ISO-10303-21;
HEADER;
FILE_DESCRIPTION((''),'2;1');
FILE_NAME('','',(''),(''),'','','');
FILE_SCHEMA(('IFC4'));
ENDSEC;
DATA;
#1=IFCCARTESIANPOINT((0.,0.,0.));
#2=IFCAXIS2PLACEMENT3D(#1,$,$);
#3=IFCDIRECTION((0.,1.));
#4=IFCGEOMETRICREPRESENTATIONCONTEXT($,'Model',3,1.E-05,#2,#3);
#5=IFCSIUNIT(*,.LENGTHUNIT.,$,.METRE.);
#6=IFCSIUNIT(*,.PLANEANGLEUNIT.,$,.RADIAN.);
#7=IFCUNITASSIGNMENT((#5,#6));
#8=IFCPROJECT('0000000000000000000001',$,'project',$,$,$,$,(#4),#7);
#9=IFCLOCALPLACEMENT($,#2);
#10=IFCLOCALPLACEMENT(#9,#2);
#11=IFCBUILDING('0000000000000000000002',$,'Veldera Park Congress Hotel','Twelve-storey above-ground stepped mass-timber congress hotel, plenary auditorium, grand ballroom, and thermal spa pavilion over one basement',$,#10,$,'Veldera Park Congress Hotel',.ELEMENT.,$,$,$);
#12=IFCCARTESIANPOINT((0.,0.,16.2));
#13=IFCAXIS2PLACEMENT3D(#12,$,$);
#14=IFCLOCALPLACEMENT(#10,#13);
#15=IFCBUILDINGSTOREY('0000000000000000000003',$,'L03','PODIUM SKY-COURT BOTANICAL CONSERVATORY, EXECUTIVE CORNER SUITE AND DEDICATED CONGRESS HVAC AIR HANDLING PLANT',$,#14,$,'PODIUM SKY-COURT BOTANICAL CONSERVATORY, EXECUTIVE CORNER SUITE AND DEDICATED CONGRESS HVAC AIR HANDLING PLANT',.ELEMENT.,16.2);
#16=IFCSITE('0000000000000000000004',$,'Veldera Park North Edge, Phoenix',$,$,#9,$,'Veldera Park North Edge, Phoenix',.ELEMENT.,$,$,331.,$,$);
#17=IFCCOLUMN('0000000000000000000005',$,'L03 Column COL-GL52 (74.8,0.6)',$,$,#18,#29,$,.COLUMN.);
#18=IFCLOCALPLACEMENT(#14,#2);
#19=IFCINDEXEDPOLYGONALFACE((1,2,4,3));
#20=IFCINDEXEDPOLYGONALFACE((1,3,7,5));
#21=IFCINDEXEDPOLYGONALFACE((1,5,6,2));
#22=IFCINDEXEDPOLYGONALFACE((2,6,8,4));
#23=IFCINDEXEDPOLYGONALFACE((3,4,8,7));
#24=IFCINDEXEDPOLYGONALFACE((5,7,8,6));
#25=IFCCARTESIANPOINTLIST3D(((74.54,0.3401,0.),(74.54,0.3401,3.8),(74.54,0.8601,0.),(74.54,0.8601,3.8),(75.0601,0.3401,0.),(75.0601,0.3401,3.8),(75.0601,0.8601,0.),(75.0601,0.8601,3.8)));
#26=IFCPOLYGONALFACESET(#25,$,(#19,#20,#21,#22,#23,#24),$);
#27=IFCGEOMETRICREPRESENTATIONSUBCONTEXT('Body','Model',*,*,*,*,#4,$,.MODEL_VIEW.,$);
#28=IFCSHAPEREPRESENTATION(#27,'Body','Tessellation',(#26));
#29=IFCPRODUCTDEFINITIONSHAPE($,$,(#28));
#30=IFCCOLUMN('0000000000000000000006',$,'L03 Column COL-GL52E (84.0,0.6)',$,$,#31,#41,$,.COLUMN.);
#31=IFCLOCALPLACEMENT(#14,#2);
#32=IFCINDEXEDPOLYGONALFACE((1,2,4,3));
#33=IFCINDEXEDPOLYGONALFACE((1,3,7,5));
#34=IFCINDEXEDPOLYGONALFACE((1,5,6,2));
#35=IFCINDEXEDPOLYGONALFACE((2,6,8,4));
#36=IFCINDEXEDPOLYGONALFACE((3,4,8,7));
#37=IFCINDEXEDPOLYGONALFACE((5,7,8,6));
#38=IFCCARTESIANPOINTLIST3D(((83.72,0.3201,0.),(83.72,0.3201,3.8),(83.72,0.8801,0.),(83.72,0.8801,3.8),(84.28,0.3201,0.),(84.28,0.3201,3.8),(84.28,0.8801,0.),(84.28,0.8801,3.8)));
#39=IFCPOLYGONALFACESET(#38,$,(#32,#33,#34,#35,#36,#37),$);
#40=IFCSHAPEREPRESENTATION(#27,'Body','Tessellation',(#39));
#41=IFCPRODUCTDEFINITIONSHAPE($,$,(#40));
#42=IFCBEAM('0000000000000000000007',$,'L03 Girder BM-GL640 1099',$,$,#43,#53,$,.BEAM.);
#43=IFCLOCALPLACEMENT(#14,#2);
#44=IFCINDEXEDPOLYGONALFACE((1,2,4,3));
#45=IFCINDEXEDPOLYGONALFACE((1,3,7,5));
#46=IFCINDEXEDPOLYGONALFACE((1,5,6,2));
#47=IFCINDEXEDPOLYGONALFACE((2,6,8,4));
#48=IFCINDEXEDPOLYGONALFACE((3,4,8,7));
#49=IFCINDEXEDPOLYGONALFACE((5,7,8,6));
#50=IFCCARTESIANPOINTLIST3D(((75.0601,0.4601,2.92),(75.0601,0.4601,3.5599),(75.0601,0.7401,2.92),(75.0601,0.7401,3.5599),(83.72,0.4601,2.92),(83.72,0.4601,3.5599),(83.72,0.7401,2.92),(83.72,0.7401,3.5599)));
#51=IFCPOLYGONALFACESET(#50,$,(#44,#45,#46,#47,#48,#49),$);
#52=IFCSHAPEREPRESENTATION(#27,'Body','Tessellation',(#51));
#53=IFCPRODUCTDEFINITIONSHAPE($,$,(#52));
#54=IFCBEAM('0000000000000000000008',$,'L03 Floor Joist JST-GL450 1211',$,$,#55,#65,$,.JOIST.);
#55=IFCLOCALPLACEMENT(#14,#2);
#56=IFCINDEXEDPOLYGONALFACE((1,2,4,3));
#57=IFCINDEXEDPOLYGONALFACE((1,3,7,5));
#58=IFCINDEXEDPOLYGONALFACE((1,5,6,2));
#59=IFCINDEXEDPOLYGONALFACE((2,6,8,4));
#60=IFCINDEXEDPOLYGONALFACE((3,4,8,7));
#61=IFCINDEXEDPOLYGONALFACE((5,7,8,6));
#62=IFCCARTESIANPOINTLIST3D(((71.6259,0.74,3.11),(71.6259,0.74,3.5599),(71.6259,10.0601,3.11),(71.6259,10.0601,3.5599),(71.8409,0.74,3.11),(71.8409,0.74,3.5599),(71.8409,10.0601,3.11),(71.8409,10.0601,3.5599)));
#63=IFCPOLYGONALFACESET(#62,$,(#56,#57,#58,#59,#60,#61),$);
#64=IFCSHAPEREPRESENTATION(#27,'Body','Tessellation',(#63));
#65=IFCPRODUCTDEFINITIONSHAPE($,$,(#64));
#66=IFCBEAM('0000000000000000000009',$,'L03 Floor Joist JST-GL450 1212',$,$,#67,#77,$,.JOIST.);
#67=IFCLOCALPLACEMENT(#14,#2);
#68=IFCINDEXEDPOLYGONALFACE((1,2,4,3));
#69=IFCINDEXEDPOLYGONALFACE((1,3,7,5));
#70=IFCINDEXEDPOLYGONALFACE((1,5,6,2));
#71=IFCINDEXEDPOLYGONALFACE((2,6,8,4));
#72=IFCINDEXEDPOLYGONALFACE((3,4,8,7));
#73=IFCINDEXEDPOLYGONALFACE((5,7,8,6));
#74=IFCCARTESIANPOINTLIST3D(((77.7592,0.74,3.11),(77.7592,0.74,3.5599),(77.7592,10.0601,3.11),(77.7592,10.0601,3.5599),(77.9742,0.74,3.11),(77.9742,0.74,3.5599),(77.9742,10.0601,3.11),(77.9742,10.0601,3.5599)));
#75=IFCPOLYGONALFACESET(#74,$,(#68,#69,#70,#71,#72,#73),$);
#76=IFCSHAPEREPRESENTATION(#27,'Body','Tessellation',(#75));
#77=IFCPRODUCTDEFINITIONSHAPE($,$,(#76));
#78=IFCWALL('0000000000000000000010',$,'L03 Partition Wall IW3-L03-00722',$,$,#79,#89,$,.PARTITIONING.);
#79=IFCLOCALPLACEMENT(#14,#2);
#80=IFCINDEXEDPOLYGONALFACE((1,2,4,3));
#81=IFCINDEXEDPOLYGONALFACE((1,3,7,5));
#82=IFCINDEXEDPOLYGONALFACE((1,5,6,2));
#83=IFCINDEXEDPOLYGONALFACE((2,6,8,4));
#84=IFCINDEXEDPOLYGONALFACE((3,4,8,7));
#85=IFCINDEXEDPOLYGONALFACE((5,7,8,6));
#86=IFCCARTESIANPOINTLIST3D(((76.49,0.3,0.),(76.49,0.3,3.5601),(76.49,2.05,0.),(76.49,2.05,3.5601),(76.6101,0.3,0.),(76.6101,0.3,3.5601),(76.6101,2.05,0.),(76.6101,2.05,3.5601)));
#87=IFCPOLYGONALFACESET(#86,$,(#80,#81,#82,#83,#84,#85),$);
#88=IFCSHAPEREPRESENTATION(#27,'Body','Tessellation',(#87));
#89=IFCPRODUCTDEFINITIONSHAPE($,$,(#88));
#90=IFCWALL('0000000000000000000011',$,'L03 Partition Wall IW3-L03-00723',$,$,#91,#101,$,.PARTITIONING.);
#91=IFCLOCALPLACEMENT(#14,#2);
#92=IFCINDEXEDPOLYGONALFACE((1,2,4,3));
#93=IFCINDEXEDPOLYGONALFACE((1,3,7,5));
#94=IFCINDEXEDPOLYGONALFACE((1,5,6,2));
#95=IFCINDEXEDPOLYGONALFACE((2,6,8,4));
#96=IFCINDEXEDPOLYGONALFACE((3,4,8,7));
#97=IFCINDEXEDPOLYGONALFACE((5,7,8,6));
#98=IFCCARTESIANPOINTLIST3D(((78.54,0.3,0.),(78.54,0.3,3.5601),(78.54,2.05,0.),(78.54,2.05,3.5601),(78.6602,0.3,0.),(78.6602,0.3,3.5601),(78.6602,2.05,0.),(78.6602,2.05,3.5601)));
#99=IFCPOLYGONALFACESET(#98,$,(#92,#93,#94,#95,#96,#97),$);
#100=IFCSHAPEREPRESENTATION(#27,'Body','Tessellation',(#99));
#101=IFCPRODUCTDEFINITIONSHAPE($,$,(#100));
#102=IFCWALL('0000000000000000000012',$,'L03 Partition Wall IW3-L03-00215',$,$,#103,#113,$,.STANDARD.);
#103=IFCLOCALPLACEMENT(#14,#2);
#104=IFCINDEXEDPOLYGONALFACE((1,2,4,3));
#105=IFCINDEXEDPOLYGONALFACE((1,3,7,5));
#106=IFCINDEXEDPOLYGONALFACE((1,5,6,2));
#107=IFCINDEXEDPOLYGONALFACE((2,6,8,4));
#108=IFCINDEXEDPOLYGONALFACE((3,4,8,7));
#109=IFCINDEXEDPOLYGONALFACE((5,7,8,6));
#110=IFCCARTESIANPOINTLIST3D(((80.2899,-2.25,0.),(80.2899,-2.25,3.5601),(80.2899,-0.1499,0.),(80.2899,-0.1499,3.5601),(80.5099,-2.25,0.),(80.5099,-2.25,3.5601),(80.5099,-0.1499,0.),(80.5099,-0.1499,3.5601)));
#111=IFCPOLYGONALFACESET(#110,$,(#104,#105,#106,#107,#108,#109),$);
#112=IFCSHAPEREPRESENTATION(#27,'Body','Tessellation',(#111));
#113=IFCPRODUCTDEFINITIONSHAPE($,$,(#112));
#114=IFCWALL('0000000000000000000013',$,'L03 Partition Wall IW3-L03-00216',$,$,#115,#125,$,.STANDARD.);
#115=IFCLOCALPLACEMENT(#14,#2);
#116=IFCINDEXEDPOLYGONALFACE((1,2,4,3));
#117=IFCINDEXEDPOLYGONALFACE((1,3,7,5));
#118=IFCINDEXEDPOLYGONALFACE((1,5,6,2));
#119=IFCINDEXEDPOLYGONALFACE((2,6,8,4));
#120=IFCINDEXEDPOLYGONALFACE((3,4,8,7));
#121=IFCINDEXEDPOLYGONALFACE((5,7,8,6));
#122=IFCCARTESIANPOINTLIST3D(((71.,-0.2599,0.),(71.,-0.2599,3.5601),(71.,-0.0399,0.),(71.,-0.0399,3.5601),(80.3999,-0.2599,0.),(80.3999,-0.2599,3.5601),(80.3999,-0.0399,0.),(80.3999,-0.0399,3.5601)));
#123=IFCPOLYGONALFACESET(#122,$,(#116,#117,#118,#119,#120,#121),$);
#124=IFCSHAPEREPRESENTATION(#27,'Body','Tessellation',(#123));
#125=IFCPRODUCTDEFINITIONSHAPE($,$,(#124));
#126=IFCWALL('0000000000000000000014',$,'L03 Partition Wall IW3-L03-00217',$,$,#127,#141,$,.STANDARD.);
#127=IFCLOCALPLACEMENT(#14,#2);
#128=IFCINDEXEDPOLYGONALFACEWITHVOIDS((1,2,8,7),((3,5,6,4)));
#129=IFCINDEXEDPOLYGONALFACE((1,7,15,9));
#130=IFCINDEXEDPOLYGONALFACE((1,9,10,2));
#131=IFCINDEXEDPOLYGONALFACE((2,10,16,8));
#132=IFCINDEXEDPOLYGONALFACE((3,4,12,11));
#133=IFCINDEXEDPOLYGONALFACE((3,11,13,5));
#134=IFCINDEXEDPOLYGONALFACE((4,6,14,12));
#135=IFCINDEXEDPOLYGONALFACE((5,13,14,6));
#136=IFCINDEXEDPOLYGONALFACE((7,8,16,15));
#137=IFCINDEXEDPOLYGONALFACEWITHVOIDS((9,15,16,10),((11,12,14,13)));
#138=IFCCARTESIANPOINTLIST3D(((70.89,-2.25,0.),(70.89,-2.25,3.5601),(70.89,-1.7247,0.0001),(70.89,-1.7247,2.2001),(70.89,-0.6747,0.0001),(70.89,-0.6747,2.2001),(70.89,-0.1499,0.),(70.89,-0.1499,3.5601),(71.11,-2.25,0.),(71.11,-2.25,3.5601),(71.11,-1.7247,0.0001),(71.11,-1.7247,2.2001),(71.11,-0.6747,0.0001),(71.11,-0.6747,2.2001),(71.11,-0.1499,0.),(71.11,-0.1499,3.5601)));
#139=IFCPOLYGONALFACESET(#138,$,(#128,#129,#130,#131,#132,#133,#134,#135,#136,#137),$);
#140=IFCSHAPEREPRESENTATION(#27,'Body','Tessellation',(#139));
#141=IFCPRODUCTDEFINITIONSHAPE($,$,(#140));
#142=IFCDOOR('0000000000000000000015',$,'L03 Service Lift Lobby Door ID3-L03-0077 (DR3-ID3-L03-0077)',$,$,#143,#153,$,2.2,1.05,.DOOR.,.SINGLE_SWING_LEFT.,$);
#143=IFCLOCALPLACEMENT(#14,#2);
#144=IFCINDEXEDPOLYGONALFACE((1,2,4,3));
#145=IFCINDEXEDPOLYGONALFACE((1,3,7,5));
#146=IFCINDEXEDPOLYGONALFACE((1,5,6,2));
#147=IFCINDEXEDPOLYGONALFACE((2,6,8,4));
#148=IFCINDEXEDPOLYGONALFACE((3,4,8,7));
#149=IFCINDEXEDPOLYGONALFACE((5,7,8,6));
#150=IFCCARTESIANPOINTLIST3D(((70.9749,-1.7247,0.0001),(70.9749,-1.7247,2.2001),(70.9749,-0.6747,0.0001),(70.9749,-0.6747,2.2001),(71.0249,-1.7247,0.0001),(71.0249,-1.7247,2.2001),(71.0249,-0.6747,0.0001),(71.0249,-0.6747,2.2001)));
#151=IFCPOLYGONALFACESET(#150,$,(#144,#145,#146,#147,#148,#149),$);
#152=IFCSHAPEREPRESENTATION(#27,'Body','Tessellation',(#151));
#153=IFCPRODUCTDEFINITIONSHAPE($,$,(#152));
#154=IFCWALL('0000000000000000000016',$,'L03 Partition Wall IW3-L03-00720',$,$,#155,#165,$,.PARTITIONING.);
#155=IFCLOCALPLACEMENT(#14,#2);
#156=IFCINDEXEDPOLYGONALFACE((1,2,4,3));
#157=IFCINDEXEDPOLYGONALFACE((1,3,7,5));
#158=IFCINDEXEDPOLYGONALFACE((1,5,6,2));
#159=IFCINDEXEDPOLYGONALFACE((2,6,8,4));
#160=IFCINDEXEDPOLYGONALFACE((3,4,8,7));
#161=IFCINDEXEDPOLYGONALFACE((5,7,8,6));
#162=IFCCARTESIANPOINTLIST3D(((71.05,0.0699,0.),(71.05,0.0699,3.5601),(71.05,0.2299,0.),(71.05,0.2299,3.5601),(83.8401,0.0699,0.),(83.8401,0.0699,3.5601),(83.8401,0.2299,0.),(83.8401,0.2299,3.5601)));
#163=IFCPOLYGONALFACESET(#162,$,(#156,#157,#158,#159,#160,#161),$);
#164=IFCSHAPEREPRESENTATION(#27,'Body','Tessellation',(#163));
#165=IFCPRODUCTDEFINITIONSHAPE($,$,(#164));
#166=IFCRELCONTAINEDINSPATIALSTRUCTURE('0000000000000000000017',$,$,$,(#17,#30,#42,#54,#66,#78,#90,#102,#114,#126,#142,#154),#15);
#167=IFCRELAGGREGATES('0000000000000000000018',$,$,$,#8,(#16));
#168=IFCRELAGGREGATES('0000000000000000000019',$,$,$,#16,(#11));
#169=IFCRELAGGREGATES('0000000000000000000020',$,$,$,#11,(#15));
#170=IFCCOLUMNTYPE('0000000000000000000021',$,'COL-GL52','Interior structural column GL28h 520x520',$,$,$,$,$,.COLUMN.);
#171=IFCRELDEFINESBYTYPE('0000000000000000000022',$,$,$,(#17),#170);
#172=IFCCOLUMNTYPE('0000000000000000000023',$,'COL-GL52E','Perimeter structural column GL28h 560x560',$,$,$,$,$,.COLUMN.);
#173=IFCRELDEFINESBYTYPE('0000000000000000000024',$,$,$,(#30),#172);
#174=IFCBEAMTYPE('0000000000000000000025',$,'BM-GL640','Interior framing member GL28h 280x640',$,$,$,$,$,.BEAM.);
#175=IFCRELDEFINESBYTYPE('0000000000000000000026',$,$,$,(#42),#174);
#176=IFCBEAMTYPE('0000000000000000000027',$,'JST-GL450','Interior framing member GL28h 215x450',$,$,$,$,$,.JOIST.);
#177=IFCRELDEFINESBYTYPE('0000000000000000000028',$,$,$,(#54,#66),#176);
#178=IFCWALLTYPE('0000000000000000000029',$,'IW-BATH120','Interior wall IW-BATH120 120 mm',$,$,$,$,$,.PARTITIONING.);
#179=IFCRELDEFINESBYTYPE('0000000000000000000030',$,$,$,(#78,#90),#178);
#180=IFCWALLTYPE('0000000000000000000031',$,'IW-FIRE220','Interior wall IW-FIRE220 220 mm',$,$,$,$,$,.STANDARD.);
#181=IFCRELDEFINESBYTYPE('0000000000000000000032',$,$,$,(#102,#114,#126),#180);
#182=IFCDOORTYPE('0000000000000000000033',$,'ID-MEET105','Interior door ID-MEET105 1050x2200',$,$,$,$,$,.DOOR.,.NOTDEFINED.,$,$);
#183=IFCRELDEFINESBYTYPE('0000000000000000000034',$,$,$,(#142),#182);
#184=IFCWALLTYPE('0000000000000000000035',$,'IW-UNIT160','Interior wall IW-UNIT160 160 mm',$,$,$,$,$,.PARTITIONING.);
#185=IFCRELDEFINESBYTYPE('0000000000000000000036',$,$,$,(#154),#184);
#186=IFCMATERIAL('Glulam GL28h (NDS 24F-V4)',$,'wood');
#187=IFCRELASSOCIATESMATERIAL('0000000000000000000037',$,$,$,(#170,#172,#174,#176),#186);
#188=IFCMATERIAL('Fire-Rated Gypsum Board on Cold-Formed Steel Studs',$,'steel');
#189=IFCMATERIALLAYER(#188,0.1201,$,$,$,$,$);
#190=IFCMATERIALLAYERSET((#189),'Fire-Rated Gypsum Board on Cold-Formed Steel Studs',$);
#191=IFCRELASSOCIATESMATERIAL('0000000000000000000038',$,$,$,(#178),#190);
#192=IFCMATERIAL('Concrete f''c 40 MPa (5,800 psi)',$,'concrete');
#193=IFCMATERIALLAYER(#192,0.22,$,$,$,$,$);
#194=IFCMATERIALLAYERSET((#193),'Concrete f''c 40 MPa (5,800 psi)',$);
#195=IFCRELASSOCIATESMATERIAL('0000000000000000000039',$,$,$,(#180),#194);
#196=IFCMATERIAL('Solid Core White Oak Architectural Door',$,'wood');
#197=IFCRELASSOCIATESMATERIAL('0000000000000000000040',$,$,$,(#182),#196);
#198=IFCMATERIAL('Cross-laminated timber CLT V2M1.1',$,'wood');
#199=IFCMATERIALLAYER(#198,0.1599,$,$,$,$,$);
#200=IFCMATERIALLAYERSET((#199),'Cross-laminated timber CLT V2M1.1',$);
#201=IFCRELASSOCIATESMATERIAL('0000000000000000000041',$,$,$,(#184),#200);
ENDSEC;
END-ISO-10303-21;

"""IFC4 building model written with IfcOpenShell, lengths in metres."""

from ifc_helpers import new_model, si_unit, direction, frame, frame_2d, origin, origin_2d, place, context, subcontext, project, spatial, rectangle, extrude, material, layer, layer_set, material_profile, profile_set, type_object, element, fill, save


model = new_model("IFC4")

# Units and contexts
model_context = context("Model", 3, precision=1e-05, world=origin(), true_north=direction((0.0, 1.0)))
body_context = subcontext(model_context, "Body", "Model", "MODEL_VIEW")
ifc_project = project(units=[si_unit("LENGTHUNIT", "METRE"), si_unit("PLANEANGLEUNIT", "RADIAN")], contexts=[model_context])

# Site, building, storey
site_placement = place(None, origin())
site = spatial("IfcSite", under=ifc_project, at=site_placement, Name="Veldera Park North Edge, Phoenix", LongName="Veldera Park North Edge, Phoenix", CompositionType="ELEMENT", RefElevation=331.0)
building_placement = place(site_placement, origin())
building = spatial("IfcBuilding", under=site, at=building_placement, Name="Veldera Park Congress Hotel", Description="Twelve-storey above-ground stepped mass-timber congress hotel, plenary auditorium, grand ballroom, and thermal spa pavilion over one basement", LongName="Veldera Park Congress Hotel", CompositionType="ELEMENT")
storey_placement = place(building_placement, frame((0.0, 0.0, 16.2)))
storey = spatial("IfcBuildingStorey", under=building, at=storey_placement, Name="L03", Description="PODIUM SKY-COURT BOTANICAL CONSERVATORY, EXECUTIVE CORNER SUITE AND DEDICATED CONGRESS HVAC AIR HANDLING PLANT", LongName="PODIUM SKY-COURT BOTANICAL CONSERVATORY, EXECUTIVE CORNER SUITE AND DEDICATED CONGRESS HVAC AIR HANDLING PLANT", CompositionType="ELEMENT", Elevation=16.2)

# Columns
ifc_material_1 = material(Name="Glulam GL28h (NDS 24F-V4)", Category="wood")
ifc_material_profile_1 = material_profile(ifc_material_1, rectangle(XDim=0.52, YDim=0.52, at=origin_2d()), Name="GL28h 520x520")
ifc_profile_set_1 = profile_set([ifc_material_profile_1], Name="Glulam GL28h (NDS 24F-V4)")
column_type_1 = type_object("IfcColumnType", Name="COL-GL52", Description="Interior structural column GL28h 520x520", PredefinedType="COLUMN", material=ifc_profile_set_1)
column_1_placement = place(storey_placement, frame((74.8, 0.6001, 0.0), z_axis=(0.0, 0.0, 1.0), x_axis=(1.0, 0.0, 0.0)))
element("IfcColumn", 1, at=column_1_placement, inside=storey, type_object=column_type_1, Name="L03 Column COL-GL52 (74.8,0.6)", PredefinedType="COLUMN", context=body_context, shape_type="SweptSolid", body=[
    extrude(rectangle(XDim=0.52, YDim=0.52, at=origin_2d()), origin(), (0.0, 0.0, 1.0), 3.8),
])
ifc_material_profile_2 = material_profile(ifc_material_1, rectangle(XDim=0.5601, YDim=0.5601, at=origin_2d()), Name="GL28h 560x560")
ifc_profile_set_2 = profile_set([ifc_material_profile_2], Name="Glulam GL28h (NDS 24F-V4)")
column_type_2 = type_object("IfcColumnType", Name="COL-GL52E", Description="Perimeter structural column GL28h 560x560", PredefinedType="COLUMN", material=ifc_profile_set_2)
column_2_placement = place(storey_placement, frame((84.0, 0.6001, 0.0), z_axis=(0.0, 0.0, 1.0), x_axis=(1.0, 0.0, 0.0)))
element("IfcColumn", 2, at=column_2_placement, inside=storey, type_object=column_type_2, Name="L03 Column COL-GL52E (84.0,0.6)", PredefinedType="COLUMN", context=body_context, shape_type="SweptSolid", body=[
    extrude(rectangle(XDim=0.5601, YDim=0.5601, at=origin_2d()), origin(), (0.0, 0.0, 1.0), 3.8),
])

# Beams
ifc_material_profile_3 = material_profile(ifc_material_1, rectangle(XDim=0.28, YDim=0.6399, at=origin_2d()), Name="GL28h 280x640")
ifc_profile_set_3 = profile_set([ifc_material_profile_3], Name="Glulam GL28h (NDS 24F-V4)")
beam_type_1 = type_object("IfcBeamType", Name="BM-GL640", Description="Interior framing member GL28h 280x640", PredefinedType="BEAM", material=ifc_profile_set_3)
beam_placement = place(storey_placement, frame((75.0601, 0.6001, 3.24), z_axis=(1.0, 0.0, 0.0), x_axis=(0.0, 1.0, 0.0)))
element("IfcBeam", 3, at=beam_placement, inside=storey, type_object=beam_type_1, Name="L03 Girder BM-GL640 1099", PredefinedType="BEAM", context=body_context, shape_type="SweptSolid", body=[
    extrude(rectangle(XDim=0.28, YDim=0.6399, at=origin_2d()), origin(), (0.0, 0.0, 1.0), 8.6599),
])
ifc_material_profile_4 = material_profile(ifc_material_1, rectangle(XDim=0.2151, YDim=0.45, at=origin_2d()), Name="GL28h 215x450")
ifc_profile_set_4 = profile_set([ifc_material_profile_4], Name="Glulam GL28h (NDS 24F-V4)")
beam_type_2 = type_object("IfcBeamType", Name="JST-GL450", Description="Interior framing member GL28h 215x450", PredefinedType="JOIST", material=ifc_profile_set_4)
for number, where, z_axis, x_axis, name in (
    (4, (71.7334, 0.74, 3.335), (0.0, 1.0, 0.0), (-1.0, 0.0, 0.0), "L03 Floor Joist JST-GL450 1211"),
    (5, (77.8667, 0.74, 3.335), (0.0, 1.0, 0.0), (-1.0, 0.0, 0.0), "L03 Floor Joist JST-GL450 1212"),
):
    element("IfcBeam", number, at=place(storey_placement, frame(where, z_axis=z_axis, x_axis=x_axis)), inside=storey, type_object=beam_type_2, Name=name, PredefinedType="JOIST", context=body_context, shape_type="SweptSolid", body=[
        extrude(rectangle(XDim=0.2151, YDim=0.45, at=origin_2d()), origin(), (0.0, 0.0, 1.0), 9.3201),
    ])

# Walls
ifc_material_2 = material(Name="Fire-Rated Gypsum Board on Cold-Formed Steel Studs", Category="steel")
ifc_layer_1 = layer(ifc_material_2, 0.1201)
ifc_layer_set_1 = layer_set([ifc_layer_1], Name="Fire-Rated Gypsum Board on Cold-Formed Steel Studs")
wall_type_1 = type_object("IfcWallType", Name="IW-BATH120", Description="Interior wall IW-BATH120 120 mm", PredefinedType="PARTITIONING", material=ifc_layer_set_1)
for number, where, z_axis, x_axis, name in (
    (6, (76.55, 0.3, 0.0), (0.0, 0.0, 1.0), (0.0, 1.0, 0.0), "L03 Partition Wall IW3-L03-00722"),
    (7, (78.6001, 0.3, 0.0), (0.0, 0.0, 1.0), (0.0, 1.0, 0.0), "L03 Partition Wall IW3-L03-00723"),
):
    element("IfcWall", number, at=place(storey_placement, frame(where, z_axis=z_axis, x_axis=x_axis)), inside=storey, type_object=wall_type_1, Name=name, PredefinedType="PARTITIONING", context=body_context, shape_type="SweptSolid", body=[
        extrude(rectangle(XDim=1.75, YDim=0.1201, at=frame_2d((0.875, 0.0))), origin(), (0.0, 0.0, 1.0), 3.5601),
    ])
ifc_material_3 = material(Name="Concrete f'c 40 MPa (5,800 psi)", Category="concrete")
ifc_layer_2 = layer(ifc_material_3, 0.22)
ifc_layer_set_2 = layer_set([ifc_layer_2], Name="Concrete f'c 40 MPa (5,800 psi)")
wall_type_2 = type_object("IfcWallType", Name="IW-FIRE220", Description="Interior wall IW-FIRE220 220 mm", PredefinedType="STANDARD", material=ifc_layer_set_2)
wall_1_placement = place(storey_placement, frame((80.3999, -2.25, 0.0), z_axis=(0.0, 0.0, 1.0), x_axis=(0.0, 1.0, 0.0)))
element("IfcWall", 8, at=wall_1_placement, inside=storey, type_object=wall_type_2, Name="L03 Partition Wall IW3-L03-00215", PredefinedType="STANDARD", context=body_context, shape_type="SweptSolid", body=[
    extrude(rectangle(XDim=2.1001, YDim=0.22, at=frame_2d((1.05, 0.0))), origin(), (0.0, 0.0, 1.0), 3.5601),
])
wall_2_placement = place(storey_placement, frame((80.3999, -0.1499, 0.0), z_axis=(0.0, 0.0, 1.0), x_axis=(-1.0, 0.0, 0.0)))
element("IfcWall", 9, at=wall_2_placement, inside=storey, type_object=wall_type_2, Name="L03 Partition Wall IW3-L03-00216", PredefinedType="STANDARD", context=body_context, shape_type="SweptSolid", body=[
    extrude(rectangle(XDim=9.3999, YDim=0.22, at=frame_2d((4.7, 0.0))), origin(), (0.0, 0.0, 1.0), 3.5601),
])

# Wall, opening, door
wall_3_placement = place(storey_placement, frame((71.0, -0.1499, 0.0), z_axis=(0.0, 0.0, 1.0), x_axis=(0.0, -1.0, 0.0)))
wall_3 = element("IfcWall", 10, at=wall_3_placement, inside=storey, type_object=wall_type_2, Name="L03 Partition Wall IW3-L03-00217", PredefinedType="STANDARD", context=body_context, shape_type="SweptSolid", body=[
    extrude(rectangle(XDim=2.1001, YDim=0.22, at=frame_2d((1.05, 0.0))), origin(), (0.0, 0.0, 1.0), 3.5601),
])
opening_1_placement = place(wall_3_placement, frame((0.5249, 0.0, 0.0)))
opening_1 = element("IfcOpeningElement", 11, at=opening_1_placement, cuts=wall_3, PredefinedType="OPENING", context=body_context, shape_type="SweptSolid", body=[
    extrude(rectangle(XDim=1.05, YDim=2.2, at=frame_2d((0.5249, 1.1001))), frame((0.0, 0.1221, 0.0), z_axis=(0.0, -1.0, 0.0), x_axis=(1.0, 0.0, 0.0)), (0.0, 0.0, 1.0), 0.2439),
])
ifc_material_4 = material(Name="Solid Core White Oak Architectural Door", Category="wood")
door_type_1 = type_object("IfcDoorType", Name="ID-MEET105", Description="Interior door ID-MEET105 1050x2200", OperationType="NOTDEFINED", PredefinedType="DOOR", material=ifc_material_4)
door_1_placement = place(opening_1_placement, origin())
door_1 = element("IfcDoor", 12, at=door_1_placement, inside=storey, type_object=door_type_1, Name="L03 Service Lift Lobby Door ID3-L03-0077 (DR3-ID3-L03-0077)", OperationType="SINGLE_SWING_LEFT", OverallHeight=2.2, OverallWidth=1.05, PredefinedType="DOOR", context=body_context, shape_type="SweptSolid", body=[
    extrude(rectangle(XDim=1.05, YDim=2.2, at=frame_2d((0.5249, 1.1001))), frame((0.0, 0.0249, 0.0), z_axis=(0.0, -1.0, 0.0), x_axis=(1.0, 0.0, 0.0)), (0.0, 0.0, 1.0), 0.05),
])
fill(opening_1, door_1)

# Wall
ifc_material_5 = material(Name="Cross-laminated timber CLT V2M1.1", Category="wood")
ifc_layer_3 = layer(ifc_material_5, 0.1599)
ifc_layer_set_3 = layer_set([ifc_layer_3], Name="Cross-laminated timber CLT V2M1.1")
wall_type_3 = type_object("IfcWallType", Name="IW-UNIT160", Description="Interior wall IW-UNIT160 160 mm", PredefinedType="PARTITIONING", material=ifc_layer_set_3)
wall_4_placement = place(storey_placement, frame((71.05, 0.1499, 0.0), z_axis=(0.0, 0.0, 1.0), x_axis=(1.0, 0.0, 0.0)))
element("IfcWall", 13, at=wall_4_placement, inside=storey, type_object=wall_type_3, Name="L03 Partition Wall IW3-L03-00720", PredefinedType="PARTITIONING", context=body_context, shape_type="SweptSolid", body=[
    extrude(rectangle(XDim=12.79, YDim=0.1599, at=frame_2d((6.395, 0.0))), origin(), (0.0, 0.0, 1.0), 3.5601),
])

save(model, "model.ifc")
